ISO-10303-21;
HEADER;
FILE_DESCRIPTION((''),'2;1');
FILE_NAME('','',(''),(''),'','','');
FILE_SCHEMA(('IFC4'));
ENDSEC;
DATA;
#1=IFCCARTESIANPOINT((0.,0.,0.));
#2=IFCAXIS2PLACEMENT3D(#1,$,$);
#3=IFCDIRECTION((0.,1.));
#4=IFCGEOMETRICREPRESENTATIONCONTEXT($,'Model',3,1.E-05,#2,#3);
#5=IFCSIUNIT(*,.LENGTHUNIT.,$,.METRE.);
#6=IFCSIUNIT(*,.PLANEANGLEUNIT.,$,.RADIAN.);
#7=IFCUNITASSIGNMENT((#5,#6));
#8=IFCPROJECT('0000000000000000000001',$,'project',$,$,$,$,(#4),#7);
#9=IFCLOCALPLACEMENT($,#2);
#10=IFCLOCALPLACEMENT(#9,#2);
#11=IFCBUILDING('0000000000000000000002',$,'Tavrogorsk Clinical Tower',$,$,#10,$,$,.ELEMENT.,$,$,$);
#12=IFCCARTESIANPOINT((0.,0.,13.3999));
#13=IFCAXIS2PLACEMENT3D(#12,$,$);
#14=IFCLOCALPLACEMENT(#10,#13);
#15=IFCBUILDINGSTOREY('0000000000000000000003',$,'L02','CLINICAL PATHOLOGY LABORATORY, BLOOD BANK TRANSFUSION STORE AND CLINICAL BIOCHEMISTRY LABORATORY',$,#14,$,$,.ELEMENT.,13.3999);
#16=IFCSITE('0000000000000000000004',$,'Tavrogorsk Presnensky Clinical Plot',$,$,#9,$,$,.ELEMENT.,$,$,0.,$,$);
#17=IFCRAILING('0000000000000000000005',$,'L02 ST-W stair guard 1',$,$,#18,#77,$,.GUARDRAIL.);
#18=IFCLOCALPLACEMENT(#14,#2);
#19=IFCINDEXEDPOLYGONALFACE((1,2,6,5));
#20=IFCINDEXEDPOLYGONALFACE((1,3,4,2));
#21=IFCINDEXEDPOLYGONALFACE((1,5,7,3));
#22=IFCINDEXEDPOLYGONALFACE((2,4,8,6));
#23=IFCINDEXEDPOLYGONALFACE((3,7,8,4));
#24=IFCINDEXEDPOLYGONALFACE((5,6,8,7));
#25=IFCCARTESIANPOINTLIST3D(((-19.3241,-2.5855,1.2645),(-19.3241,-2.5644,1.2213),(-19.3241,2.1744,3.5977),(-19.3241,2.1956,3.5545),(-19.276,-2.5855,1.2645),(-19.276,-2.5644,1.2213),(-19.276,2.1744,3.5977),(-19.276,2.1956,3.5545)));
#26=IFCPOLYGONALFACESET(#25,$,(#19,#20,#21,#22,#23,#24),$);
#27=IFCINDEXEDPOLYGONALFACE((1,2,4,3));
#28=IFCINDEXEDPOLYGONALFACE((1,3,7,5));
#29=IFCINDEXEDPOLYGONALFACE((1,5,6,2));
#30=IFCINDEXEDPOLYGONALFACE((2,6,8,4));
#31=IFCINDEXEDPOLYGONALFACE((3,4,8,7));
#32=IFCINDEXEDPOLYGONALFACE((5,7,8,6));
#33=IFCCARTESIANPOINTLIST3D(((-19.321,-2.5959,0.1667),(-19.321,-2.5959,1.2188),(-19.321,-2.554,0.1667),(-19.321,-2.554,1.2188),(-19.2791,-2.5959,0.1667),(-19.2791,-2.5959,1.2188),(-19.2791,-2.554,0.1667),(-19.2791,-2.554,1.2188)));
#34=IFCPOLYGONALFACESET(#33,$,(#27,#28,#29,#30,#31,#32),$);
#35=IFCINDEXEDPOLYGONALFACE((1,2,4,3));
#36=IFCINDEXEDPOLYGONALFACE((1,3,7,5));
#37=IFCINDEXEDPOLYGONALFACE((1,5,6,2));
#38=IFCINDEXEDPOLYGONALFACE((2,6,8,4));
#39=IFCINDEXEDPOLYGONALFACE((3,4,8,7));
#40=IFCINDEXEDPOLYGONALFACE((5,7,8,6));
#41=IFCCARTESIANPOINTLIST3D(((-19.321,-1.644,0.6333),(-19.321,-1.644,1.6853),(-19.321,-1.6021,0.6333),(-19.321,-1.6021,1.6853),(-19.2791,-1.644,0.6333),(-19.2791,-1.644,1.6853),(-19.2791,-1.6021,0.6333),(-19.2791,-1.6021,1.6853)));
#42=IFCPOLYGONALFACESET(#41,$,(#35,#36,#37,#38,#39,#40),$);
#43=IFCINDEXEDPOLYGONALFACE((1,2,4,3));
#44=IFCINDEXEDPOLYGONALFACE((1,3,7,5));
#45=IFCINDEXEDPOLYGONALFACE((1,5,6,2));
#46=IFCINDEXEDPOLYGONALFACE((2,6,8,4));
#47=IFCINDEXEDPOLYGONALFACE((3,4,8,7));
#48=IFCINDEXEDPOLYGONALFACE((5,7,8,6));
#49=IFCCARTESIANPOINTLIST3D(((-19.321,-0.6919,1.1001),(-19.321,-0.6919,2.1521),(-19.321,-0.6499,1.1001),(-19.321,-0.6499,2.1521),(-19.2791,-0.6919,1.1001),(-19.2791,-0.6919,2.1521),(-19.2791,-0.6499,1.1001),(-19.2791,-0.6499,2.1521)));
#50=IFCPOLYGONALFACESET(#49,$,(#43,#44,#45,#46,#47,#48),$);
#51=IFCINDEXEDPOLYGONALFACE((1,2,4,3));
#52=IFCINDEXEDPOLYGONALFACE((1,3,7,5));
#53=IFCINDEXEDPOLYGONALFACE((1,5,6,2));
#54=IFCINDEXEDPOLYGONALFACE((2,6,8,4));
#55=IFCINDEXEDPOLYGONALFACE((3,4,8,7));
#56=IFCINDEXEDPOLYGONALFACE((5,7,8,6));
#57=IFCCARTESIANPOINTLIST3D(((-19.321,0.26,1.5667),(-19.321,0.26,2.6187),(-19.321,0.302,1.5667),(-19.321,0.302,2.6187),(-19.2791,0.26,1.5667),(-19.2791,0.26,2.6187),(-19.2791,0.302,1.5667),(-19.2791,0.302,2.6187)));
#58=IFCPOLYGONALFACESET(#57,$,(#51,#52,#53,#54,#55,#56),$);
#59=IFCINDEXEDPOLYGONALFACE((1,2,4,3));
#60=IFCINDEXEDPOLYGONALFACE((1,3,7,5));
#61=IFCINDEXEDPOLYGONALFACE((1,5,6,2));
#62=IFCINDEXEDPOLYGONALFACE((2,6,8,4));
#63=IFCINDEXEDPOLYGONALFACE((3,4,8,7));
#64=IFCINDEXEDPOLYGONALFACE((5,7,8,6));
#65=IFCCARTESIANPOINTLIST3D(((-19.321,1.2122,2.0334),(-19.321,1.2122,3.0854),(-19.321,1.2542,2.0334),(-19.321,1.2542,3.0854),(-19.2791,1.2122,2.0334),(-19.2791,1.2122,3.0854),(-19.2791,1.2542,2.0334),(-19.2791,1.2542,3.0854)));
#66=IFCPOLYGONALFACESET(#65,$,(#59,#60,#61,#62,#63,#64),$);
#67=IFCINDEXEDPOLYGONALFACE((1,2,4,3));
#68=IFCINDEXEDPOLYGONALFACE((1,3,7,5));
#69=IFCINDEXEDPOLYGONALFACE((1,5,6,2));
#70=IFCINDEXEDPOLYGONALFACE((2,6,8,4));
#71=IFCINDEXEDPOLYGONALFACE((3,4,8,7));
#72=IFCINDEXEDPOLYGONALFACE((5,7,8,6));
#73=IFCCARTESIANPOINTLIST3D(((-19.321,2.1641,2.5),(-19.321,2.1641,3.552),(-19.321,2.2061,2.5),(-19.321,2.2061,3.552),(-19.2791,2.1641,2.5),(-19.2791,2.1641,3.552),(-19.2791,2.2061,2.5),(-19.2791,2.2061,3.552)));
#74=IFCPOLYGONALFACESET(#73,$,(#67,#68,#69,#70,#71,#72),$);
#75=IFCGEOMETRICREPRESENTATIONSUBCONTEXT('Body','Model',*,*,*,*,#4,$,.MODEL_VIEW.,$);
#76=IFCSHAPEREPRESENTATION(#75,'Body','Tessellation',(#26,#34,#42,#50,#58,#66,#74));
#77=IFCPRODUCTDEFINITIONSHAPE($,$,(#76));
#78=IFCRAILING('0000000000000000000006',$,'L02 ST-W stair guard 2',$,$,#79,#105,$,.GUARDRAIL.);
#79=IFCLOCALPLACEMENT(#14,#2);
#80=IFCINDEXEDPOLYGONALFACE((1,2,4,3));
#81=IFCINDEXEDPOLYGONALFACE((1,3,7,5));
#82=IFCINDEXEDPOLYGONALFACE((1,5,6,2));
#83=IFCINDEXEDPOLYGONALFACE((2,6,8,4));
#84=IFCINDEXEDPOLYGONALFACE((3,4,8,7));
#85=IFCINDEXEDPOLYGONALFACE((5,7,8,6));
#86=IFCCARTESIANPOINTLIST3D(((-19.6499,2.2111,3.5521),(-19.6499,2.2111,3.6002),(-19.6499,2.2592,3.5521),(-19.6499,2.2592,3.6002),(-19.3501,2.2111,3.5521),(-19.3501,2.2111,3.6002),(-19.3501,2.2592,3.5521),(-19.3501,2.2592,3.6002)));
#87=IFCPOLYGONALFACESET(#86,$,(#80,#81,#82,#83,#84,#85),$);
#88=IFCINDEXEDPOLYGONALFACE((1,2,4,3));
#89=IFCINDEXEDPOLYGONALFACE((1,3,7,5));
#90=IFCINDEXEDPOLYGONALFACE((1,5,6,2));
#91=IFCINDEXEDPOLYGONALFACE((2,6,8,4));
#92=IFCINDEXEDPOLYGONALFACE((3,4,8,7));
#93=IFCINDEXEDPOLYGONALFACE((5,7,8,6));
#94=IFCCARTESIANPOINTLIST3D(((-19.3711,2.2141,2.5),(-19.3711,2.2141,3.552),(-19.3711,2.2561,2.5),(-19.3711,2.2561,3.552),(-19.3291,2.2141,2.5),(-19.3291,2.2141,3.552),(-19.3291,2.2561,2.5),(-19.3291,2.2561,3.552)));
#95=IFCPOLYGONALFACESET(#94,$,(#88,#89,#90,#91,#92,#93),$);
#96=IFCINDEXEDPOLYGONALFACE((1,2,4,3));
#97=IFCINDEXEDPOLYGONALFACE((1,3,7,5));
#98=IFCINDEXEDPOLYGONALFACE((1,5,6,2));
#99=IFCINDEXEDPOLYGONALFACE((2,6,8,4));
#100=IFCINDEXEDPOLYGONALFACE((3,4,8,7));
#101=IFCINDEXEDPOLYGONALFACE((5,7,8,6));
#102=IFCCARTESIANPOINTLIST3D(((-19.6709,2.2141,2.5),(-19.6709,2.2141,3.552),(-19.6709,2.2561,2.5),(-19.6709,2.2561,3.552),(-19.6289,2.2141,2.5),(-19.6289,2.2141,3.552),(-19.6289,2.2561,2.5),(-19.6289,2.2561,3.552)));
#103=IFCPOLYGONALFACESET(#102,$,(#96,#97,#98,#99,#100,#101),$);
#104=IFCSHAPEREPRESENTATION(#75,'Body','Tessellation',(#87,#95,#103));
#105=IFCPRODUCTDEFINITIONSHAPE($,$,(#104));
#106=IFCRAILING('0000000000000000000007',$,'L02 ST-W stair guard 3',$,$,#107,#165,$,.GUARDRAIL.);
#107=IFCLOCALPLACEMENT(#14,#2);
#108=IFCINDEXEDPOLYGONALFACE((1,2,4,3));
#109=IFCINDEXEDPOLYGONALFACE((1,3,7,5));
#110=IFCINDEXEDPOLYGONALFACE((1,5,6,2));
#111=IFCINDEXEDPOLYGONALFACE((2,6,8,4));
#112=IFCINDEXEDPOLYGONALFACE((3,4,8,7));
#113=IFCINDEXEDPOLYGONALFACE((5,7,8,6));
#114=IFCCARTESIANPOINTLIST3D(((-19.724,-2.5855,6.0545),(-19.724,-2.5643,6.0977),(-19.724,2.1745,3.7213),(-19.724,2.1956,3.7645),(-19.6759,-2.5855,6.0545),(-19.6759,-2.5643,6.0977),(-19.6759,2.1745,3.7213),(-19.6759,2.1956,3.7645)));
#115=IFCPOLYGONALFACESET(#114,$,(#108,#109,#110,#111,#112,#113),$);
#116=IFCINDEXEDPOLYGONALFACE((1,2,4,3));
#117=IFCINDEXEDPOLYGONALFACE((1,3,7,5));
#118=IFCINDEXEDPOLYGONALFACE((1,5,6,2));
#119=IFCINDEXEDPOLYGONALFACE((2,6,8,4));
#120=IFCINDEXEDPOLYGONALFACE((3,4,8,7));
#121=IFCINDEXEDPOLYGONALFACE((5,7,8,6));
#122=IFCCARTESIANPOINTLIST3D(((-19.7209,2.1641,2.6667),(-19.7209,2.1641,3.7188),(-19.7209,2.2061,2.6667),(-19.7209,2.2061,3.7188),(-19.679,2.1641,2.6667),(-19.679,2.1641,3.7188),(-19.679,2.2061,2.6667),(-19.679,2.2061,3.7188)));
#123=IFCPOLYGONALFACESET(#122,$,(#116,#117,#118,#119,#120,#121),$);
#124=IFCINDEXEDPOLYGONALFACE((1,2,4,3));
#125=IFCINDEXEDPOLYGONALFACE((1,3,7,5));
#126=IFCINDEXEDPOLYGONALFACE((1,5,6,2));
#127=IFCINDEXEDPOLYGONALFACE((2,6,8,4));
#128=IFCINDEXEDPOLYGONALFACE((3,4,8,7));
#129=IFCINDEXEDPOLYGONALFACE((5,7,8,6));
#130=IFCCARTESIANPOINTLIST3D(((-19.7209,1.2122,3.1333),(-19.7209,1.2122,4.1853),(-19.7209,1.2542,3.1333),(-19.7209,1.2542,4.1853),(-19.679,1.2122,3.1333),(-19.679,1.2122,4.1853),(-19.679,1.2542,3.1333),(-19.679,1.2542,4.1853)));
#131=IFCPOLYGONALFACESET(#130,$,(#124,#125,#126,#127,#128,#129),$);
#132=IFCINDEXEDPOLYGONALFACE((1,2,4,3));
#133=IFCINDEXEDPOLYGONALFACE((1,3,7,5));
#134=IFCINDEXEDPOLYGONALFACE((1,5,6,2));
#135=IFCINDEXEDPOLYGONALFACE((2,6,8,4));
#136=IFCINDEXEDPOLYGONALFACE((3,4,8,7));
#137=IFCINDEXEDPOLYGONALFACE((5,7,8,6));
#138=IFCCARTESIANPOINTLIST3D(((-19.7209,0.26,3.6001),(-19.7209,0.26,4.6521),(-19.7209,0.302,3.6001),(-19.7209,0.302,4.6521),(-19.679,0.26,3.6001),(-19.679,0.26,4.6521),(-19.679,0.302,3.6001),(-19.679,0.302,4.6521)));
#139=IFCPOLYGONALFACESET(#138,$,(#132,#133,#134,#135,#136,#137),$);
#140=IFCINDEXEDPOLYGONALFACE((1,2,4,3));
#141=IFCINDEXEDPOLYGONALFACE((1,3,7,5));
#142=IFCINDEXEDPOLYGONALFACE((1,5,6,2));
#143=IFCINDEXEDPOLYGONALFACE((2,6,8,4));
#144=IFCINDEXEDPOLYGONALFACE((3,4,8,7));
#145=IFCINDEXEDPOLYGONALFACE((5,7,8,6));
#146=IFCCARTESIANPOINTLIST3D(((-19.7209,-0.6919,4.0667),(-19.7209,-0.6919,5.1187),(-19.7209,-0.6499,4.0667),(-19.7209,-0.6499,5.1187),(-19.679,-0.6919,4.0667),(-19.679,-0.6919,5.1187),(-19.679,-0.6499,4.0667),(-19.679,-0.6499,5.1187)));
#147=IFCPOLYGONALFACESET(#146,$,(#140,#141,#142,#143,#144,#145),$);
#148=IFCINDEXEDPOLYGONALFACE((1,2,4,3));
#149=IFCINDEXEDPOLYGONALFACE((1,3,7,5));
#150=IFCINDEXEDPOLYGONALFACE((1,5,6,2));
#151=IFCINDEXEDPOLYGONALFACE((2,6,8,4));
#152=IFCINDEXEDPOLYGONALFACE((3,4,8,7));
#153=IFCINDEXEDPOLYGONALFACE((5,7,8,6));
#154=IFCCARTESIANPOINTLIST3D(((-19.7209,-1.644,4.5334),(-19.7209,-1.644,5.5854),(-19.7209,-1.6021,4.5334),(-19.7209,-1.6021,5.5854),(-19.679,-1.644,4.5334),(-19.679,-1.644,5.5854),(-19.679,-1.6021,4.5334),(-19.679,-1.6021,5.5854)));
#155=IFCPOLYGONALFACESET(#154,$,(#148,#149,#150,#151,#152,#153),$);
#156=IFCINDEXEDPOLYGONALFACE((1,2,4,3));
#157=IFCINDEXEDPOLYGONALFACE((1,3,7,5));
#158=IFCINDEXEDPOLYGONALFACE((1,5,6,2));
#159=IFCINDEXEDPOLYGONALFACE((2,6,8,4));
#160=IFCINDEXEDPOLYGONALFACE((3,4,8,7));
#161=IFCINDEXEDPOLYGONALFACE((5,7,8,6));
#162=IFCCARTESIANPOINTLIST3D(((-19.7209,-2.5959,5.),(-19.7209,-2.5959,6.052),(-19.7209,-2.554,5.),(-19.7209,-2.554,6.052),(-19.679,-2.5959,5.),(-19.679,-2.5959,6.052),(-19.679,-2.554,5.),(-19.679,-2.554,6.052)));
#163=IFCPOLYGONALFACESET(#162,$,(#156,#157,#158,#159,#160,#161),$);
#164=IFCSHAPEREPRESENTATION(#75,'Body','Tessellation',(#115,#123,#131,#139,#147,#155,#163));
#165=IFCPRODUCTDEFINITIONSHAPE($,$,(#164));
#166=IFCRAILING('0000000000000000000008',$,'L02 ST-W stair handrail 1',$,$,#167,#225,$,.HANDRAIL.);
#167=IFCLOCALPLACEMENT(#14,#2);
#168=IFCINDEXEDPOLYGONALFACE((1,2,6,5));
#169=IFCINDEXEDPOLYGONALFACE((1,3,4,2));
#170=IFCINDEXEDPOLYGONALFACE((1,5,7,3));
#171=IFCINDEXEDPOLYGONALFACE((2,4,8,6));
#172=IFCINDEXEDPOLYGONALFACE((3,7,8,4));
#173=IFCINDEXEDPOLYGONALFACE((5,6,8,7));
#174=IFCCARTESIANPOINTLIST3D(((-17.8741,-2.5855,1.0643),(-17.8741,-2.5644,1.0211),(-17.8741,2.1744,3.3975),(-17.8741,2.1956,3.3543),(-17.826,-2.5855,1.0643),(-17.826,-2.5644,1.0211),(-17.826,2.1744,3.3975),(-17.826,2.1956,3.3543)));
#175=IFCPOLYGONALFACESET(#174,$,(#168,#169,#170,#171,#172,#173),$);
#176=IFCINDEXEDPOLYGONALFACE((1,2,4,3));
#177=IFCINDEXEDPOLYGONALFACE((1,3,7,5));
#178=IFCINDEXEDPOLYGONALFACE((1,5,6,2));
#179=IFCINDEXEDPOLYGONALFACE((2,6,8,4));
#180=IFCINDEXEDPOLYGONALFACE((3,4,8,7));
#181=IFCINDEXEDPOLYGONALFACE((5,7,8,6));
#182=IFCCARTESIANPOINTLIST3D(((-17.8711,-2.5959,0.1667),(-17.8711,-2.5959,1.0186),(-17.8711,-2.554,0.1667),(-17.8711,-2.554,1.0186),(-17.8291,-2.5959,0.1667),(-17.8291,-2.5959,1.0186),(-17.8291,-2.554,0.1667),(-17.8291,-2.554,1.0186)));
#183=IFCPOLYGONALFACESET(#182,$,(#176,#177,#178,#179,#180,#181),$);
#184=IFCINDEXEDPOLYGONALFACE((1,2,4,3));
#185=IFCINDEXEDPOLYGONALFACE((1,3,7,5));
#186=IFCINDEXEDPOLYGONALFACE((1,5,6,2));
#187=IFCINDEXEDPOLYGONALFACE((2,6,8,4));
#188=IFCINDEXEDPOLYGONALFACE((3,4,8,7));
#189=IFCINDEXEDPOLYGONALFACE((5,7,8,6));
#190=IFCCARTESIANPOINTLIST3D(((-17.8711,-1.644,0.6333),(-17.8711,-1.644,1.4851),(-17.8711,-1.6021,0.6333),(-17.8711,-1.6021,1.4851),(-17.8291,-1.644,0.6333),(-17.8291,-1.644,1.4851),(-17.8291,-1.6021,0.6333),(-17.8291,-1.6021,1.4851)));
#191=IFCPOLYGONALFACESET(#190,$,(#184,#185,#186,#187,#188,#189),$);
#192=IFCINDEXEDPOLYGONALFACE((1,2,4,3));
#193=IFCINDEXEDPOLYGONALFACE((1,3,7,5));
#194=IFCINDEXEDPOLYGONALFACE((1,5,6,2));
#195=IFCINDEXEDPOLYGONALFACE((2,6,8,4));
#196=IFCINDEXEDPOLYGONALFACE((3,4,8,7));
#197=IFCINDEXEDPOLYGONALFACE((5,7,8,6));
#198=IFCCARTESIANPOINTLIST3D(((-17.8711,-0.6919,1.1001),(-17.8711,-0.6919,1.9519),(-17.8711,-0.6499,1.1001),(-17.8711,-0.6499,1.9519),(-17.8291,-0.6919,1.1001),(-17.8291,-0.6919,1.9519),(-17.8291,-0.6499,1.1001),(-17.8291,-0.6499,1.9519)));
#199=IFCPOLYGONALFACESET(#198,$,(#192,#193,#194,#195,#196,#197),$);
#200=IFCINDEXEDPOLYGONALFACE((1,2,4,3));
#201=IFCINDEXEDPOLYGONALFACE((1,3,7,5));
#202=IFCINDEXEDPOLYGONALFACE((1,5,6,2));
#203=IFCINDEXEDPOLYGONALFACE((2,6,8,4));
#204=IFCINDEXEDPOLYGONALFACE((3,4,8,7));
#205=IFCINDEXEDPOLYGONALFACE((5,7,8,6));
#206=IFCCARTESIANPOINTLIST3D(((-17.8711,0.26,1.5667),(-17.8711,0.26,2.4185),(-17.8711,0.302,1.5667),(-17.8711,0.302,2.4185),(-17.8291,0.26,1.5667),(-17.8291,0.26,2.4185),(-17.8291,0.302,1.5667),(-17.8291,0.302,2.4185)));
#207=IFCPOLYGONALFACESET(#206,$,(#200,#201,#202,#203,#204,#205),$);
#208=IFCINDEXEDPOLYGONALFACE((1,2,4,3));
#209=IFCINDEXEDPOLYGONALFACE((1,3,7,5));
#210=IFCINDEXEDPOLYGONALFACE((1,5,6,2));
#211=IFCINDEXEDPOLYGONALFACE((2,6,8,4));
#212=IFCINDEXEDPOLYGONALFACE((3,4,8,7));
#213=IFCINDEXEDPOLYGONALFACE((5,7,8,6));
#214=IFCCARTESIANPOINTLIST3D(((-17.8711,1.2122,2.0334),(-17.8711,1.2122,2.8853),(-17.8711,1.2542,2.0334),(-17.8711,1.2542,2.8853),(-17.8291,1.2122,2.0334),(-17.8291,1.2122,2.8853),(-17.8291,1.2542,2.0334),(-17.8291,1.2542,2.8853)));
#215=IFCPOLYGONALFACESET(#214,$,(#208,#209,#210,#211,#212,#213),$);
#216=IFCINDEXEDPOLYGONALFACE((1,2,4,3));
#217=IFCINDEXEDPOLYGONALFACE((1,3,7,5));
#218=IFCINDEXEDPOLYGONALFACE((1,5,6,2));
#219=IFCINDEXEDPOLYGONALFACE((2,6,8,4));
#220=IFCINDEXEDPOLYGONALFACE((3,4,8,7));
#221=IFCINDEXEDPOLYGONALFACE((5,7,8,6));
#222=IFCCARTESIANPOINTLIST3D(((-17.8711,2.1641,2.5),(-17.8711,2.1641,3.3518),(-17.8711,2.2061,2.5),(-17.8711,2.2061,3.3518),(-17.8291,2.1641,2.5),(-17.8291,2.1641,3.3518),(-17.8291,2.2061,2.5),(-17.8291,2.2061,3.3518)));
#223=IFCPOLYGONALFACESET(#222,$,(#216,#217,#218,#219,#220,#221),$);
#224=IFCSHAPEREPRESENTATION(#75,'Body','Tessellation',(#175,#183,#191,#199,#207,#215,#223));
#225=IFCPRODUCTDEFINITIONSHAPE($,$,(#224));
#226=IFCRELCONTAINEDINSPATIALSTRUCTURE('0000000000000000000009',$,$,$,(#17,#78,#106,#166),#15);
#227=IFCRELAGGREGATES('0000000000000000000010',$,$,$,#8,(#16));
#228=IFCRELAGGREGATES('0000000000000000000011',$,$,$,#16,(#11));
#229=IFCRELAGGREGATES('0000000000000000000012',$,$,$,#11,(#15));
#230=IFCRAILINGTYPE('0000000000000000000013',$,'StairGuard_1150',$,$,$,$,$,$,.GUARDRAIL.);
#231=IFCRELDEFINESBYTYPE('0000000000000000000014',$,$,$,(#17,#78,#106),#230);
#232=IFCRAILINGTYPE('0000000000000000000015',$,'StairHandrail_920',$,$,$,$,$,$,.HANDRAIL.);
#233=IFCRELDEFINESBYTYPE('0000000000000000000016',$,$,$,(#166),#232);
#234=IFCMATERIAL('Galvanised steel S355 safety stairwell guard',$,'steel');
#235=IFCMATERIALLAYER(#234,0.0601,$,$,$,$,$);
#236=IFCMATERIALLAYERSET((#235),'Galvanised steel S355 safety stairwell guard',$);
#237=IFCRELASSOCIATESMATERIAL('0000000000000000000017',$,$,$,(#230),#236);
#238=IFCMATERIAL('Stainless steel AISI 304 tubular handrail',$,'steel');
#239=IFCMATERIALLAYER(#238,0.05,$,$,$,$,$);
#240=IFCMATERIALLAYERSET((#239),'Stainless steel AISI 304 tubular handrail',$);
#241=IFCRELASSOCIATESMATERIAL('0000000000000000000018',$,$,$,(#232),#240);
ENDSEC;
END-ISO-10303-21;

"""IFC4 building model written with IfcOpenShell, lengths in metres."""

from ifc_helpers import new_model, si_unit, direction, frame, origin, origin_2d, place, context, subcontext, project, spatial, rectangle, extrude, material, layer, layer_set, type_object, element, save


model = new_model("IFC4")

# Units and contexts
model_context = context("Model", 3, precision=1e-05, world=origin(), true_north=direction((0.0, 1.0)))
body_context = subcontext(model_context, "Body", "Model", "MODEL_VIEW")
ifc_project = project(units=[si_unit("LENGTHUNIT", "METRE"), si_unit("PLANEANGLEUNIT", "RADIAN")], contexts=[model_context])

# Site, building, storey
site_placement = place(None, origin())
site = spatial("IfcSite", under=ifc_project, at=site_placement, Name="Tavrogorsk Presnensky Clinical Plot", CompositionType="ELEMENT", RefElevation=0.0)
building_placement = place(site_placement, origin())
building = spatial("IfcBuilding", under=site, at=building_placement, Name="Tavrogorsk Clinical Tower", CompositionType="ELEMENT")
storey_placement = place(building_placement, frame((0.0, 0.0, 13.3999)))
storey = spatial("IfcBuildingStorey", under=building, at=storey_placement, Name="L02", Description="CLINICAL PATHOLOGY LABORATORY, BLOOD BANK TRANSFUSION STORE AND CLINICAL BIOCHEMISTRY LABORATORY", CompositionType="ELEMENT", Elevation=13.3999)

# Railings
ifc_material_1 = material(Name="Galvanised steel S355 safety stairwell guard", Category="steel")
ifc_layer_1 = layer(ifc_material_1, 0.0601)
ifc_layer_set_1 = layer_set([ifc_layer_1], Name="Galvanised steel S355 safety stairwell guard")
railing_type_1 = type_object("IfcRailingType", Name="StairGuard_1150", PredefinedType="GUARDRAIL", material=ifc_layer_set_1)
railing_1_placement = place(storey_placement, frame((-19.3, -2.575, 0.1667)))
element("IfcRailing", 1, at=railing_1_placement, inside=storey, type_object=railing_type_1, Name="L02 ST-W stair guard 1", PredefinedType="GUARDRAIL", context=body_context, shape_type="SweptSolid", body=[
    extrude(rectangle(XDim=0.0481, YDim=0.0481, at=origin_2d()), frame((0.0, 0.0, 1.0762), z_axis=(0.0, 0.897927, 0.440144), x_axis=(-1.0, 0.0, 0.0)), (0.0, 0.0, 1.0), 5.301),
    extrude(rectangle(XDim=0.042, YDim=0.042, at=origin_2d()), origin(), (0.0, 0.0, 1.0), 1.052),
    extrude(rectangle(XDim=0.042, YDim=0.042, at=origin_2d()), frame((0.0, 0.9519, 0.4666)), (0.0, 0.0, 1.0), 1.052),
    extrude(rectangle(XDim=0.042, YDim=0.042, at=origin_2d()), frame((0.0, 1.9041, 0.9333)), (0.0, 0.0, 1.0), 1.052),
    extrude(rectangle(XDim=0.042, YDim=0.042, at=origin_2d()), frame((0.0, 2.856, 1.3999)), (0.0, 0.0, 1.0), 1.052),
    extrude(rectangle(XDim=0.042, YDim=0.042, at=origin_2d()), frame((0.0, 3.8081, 1.8667)), (0.0, 0.0, 1.0), 1.052),
    extrude(rectangle(XDim=0.042, YDim=0.042, at=origin_2d()), frame((0.0, 4.76, 2.3333)), (0.0, 0.0, 1.0), 1.052),
])
railing_2_placement = place(storey_placement, frame((-19.3501, 2.2351, 2.5)))
element("IfcRailing", 2, at=railing_2_placement, inside=storey, type_object=railing_type_1, Name="L02 ST-W stair guard 2", PredefinedType="GUARDRAIL", context=body_context, shape_type="SweptSolid", body=[
    extrude(rectangle(XDim=0.0481, YDim=0.0481, at=origin_2d()), frame((0.0, 0.0, 1.0762), z_axis=(-1.0, 0.0, 0.0), x_axis=(0.0, -1.0, 0.0)), (0.0, 0.0, 1.0), 0.2998),
    extrude(rectangle(XDim=0.042, YDim=0.042, at=origin_2d()), origin(), (0.0, 0.0, 1.0), 1.052),
    extrude(rectangle(XDim=0.042, YDim=0.042, at=origin_2d()), frame((-0.2998, 0.0, 0.0)), (0.0, 0.0, 1.0), 1.052),
])
railing_3_placement = place(storey_placement, frame((-19.7, 2.1851, 2.6667)))
element("IfcRailing", 3, at=railing_3_placement, inside=storey, type_object=railing_type_1, Name="L02 ST-W stair guard 3", PredefinedType="GUARDRAIL", context=body_context, shape_type="SweptSolid", body=[
    extrude(rectangle(XDim=0.0481, YDim=0.0481, at=origin_2d()), frame((0.0, 0.0, 1.0762), z_axis=(0.0, -0.897927, 0.440144), x_axis=(1.0, 0.0, 0.0)), (0.0, 0.0, 1.0), 5.301),
    extrude(rectangle(XDim=0.042, YDim=0.042, at=origin_2d()), origin(), (0.0, 0.0, 1.0), 1.052),
    extrude(rectangle(XDim=0.042, YDim=0.042, at=origin_2d()), frame((0.0, -0.9519, 0.4666)), (0.0, 0.0, 1.0), 1.052),
    extrude(rectangle(XDim=0.042, YDim=0.042, at=origin_2d()), frame((0.0, -1.9041, 0.9333)), (0.0, 0.0, 1.0), 1.052),
    extrude(rectangle(XDim=0.042, YDim=0.042, at=origin_2d()), frame((0.0, -2.856, 1.3999)), (0.0, 0.0, 1.0), 1.052),
    extrude(rectangle(XDim=0.042, YDim=0.042, at=origin_2d()), frame((0.0, -3.8081, 1.8667)), (0.0, 0.0, 1.0), 1.052),
    extrude(rectangle(XDim=0.042, YDim=0.042, at=origin_2d()), frame((0.0, -4.76, 2.3333)), (0.0, 0.0, 1.0), 1.052),
])
ifc_material_2 = material(Name="Stainless steel AISI 304 tubular handrail", Category="steel")
ifc_layer_2 = layer(ifc_material_2, 0.05)
ifc_layer_set_2 = layer_set([ifc_layer_2], Name="Stainless steel AISI 304 tubular handrail")
railing_type_2 = type_object("IfcRailingType", Name="StairHandrail_920", PredefinedType="HANDRAIL", material=ifc_layer_set_2)
railing_4_placement = place(storey_placement, frame((-17.8501, -2.575, 0.1667)))
element("IfcRailing", 4, at=railing_4_placement, inside=storey, type_object=railing_type_2, Name="L02 ST-W stair handrail 1", PredefinedType="HANDRAIL", context=body_context, shape_type="SweptSolid", body=[
    extrude(rectangle(XDim=0.0481, YDim=0.0481, at=origin_2d()), frame((0.0, 0.0, 0.876), z_axis=(0.0, 0.897927, 0.440144), x_axis=(-1.0, 0.0, 0.0)), (0.0, 0.0, 1.0), 5.301),
    extrude(rectangle(XDim=0.042, YDim=0.042, at=origin_2d()), origin(), (0.0, 0.0, 1.0), 0.8518),
    extrude(rectangle(XDim=0.042, YDim=0.042, at=origin_2d()), frame((0.0, 0.9519, 0.4666)), (0.0, 0.0, 1.0), 0.8518),
    extrude(rectangle(XDim=0.042, YDim=0.042, at=origin_2d()), frame((0.0, 1.9041, 0.9333)), (0.0, 0.0, 1.0), 0.8518),
    extrude(rectangle(XDim=0.042, YDim=0.042, at=origin_2d()), frame((0.0, 2.856, 1.3999)), (0.0, 0.0, 1.0), 0.8518),
    extrude(rectangle(XDim=0.042, YDim=0.042, at=origin_2d()), frame((0.0, 3.8081, 1.8667)), (0.0, 0.0, 1.0), 0.8518),
    extrude(rectangle(XDim=0.042, YDim=0.042, at=origin_2d()), frame((0.0, 4.76, 2.3333)), (0.0, 0.0, 1.0), 0.8518),
])

save(model, "model.ifc")
